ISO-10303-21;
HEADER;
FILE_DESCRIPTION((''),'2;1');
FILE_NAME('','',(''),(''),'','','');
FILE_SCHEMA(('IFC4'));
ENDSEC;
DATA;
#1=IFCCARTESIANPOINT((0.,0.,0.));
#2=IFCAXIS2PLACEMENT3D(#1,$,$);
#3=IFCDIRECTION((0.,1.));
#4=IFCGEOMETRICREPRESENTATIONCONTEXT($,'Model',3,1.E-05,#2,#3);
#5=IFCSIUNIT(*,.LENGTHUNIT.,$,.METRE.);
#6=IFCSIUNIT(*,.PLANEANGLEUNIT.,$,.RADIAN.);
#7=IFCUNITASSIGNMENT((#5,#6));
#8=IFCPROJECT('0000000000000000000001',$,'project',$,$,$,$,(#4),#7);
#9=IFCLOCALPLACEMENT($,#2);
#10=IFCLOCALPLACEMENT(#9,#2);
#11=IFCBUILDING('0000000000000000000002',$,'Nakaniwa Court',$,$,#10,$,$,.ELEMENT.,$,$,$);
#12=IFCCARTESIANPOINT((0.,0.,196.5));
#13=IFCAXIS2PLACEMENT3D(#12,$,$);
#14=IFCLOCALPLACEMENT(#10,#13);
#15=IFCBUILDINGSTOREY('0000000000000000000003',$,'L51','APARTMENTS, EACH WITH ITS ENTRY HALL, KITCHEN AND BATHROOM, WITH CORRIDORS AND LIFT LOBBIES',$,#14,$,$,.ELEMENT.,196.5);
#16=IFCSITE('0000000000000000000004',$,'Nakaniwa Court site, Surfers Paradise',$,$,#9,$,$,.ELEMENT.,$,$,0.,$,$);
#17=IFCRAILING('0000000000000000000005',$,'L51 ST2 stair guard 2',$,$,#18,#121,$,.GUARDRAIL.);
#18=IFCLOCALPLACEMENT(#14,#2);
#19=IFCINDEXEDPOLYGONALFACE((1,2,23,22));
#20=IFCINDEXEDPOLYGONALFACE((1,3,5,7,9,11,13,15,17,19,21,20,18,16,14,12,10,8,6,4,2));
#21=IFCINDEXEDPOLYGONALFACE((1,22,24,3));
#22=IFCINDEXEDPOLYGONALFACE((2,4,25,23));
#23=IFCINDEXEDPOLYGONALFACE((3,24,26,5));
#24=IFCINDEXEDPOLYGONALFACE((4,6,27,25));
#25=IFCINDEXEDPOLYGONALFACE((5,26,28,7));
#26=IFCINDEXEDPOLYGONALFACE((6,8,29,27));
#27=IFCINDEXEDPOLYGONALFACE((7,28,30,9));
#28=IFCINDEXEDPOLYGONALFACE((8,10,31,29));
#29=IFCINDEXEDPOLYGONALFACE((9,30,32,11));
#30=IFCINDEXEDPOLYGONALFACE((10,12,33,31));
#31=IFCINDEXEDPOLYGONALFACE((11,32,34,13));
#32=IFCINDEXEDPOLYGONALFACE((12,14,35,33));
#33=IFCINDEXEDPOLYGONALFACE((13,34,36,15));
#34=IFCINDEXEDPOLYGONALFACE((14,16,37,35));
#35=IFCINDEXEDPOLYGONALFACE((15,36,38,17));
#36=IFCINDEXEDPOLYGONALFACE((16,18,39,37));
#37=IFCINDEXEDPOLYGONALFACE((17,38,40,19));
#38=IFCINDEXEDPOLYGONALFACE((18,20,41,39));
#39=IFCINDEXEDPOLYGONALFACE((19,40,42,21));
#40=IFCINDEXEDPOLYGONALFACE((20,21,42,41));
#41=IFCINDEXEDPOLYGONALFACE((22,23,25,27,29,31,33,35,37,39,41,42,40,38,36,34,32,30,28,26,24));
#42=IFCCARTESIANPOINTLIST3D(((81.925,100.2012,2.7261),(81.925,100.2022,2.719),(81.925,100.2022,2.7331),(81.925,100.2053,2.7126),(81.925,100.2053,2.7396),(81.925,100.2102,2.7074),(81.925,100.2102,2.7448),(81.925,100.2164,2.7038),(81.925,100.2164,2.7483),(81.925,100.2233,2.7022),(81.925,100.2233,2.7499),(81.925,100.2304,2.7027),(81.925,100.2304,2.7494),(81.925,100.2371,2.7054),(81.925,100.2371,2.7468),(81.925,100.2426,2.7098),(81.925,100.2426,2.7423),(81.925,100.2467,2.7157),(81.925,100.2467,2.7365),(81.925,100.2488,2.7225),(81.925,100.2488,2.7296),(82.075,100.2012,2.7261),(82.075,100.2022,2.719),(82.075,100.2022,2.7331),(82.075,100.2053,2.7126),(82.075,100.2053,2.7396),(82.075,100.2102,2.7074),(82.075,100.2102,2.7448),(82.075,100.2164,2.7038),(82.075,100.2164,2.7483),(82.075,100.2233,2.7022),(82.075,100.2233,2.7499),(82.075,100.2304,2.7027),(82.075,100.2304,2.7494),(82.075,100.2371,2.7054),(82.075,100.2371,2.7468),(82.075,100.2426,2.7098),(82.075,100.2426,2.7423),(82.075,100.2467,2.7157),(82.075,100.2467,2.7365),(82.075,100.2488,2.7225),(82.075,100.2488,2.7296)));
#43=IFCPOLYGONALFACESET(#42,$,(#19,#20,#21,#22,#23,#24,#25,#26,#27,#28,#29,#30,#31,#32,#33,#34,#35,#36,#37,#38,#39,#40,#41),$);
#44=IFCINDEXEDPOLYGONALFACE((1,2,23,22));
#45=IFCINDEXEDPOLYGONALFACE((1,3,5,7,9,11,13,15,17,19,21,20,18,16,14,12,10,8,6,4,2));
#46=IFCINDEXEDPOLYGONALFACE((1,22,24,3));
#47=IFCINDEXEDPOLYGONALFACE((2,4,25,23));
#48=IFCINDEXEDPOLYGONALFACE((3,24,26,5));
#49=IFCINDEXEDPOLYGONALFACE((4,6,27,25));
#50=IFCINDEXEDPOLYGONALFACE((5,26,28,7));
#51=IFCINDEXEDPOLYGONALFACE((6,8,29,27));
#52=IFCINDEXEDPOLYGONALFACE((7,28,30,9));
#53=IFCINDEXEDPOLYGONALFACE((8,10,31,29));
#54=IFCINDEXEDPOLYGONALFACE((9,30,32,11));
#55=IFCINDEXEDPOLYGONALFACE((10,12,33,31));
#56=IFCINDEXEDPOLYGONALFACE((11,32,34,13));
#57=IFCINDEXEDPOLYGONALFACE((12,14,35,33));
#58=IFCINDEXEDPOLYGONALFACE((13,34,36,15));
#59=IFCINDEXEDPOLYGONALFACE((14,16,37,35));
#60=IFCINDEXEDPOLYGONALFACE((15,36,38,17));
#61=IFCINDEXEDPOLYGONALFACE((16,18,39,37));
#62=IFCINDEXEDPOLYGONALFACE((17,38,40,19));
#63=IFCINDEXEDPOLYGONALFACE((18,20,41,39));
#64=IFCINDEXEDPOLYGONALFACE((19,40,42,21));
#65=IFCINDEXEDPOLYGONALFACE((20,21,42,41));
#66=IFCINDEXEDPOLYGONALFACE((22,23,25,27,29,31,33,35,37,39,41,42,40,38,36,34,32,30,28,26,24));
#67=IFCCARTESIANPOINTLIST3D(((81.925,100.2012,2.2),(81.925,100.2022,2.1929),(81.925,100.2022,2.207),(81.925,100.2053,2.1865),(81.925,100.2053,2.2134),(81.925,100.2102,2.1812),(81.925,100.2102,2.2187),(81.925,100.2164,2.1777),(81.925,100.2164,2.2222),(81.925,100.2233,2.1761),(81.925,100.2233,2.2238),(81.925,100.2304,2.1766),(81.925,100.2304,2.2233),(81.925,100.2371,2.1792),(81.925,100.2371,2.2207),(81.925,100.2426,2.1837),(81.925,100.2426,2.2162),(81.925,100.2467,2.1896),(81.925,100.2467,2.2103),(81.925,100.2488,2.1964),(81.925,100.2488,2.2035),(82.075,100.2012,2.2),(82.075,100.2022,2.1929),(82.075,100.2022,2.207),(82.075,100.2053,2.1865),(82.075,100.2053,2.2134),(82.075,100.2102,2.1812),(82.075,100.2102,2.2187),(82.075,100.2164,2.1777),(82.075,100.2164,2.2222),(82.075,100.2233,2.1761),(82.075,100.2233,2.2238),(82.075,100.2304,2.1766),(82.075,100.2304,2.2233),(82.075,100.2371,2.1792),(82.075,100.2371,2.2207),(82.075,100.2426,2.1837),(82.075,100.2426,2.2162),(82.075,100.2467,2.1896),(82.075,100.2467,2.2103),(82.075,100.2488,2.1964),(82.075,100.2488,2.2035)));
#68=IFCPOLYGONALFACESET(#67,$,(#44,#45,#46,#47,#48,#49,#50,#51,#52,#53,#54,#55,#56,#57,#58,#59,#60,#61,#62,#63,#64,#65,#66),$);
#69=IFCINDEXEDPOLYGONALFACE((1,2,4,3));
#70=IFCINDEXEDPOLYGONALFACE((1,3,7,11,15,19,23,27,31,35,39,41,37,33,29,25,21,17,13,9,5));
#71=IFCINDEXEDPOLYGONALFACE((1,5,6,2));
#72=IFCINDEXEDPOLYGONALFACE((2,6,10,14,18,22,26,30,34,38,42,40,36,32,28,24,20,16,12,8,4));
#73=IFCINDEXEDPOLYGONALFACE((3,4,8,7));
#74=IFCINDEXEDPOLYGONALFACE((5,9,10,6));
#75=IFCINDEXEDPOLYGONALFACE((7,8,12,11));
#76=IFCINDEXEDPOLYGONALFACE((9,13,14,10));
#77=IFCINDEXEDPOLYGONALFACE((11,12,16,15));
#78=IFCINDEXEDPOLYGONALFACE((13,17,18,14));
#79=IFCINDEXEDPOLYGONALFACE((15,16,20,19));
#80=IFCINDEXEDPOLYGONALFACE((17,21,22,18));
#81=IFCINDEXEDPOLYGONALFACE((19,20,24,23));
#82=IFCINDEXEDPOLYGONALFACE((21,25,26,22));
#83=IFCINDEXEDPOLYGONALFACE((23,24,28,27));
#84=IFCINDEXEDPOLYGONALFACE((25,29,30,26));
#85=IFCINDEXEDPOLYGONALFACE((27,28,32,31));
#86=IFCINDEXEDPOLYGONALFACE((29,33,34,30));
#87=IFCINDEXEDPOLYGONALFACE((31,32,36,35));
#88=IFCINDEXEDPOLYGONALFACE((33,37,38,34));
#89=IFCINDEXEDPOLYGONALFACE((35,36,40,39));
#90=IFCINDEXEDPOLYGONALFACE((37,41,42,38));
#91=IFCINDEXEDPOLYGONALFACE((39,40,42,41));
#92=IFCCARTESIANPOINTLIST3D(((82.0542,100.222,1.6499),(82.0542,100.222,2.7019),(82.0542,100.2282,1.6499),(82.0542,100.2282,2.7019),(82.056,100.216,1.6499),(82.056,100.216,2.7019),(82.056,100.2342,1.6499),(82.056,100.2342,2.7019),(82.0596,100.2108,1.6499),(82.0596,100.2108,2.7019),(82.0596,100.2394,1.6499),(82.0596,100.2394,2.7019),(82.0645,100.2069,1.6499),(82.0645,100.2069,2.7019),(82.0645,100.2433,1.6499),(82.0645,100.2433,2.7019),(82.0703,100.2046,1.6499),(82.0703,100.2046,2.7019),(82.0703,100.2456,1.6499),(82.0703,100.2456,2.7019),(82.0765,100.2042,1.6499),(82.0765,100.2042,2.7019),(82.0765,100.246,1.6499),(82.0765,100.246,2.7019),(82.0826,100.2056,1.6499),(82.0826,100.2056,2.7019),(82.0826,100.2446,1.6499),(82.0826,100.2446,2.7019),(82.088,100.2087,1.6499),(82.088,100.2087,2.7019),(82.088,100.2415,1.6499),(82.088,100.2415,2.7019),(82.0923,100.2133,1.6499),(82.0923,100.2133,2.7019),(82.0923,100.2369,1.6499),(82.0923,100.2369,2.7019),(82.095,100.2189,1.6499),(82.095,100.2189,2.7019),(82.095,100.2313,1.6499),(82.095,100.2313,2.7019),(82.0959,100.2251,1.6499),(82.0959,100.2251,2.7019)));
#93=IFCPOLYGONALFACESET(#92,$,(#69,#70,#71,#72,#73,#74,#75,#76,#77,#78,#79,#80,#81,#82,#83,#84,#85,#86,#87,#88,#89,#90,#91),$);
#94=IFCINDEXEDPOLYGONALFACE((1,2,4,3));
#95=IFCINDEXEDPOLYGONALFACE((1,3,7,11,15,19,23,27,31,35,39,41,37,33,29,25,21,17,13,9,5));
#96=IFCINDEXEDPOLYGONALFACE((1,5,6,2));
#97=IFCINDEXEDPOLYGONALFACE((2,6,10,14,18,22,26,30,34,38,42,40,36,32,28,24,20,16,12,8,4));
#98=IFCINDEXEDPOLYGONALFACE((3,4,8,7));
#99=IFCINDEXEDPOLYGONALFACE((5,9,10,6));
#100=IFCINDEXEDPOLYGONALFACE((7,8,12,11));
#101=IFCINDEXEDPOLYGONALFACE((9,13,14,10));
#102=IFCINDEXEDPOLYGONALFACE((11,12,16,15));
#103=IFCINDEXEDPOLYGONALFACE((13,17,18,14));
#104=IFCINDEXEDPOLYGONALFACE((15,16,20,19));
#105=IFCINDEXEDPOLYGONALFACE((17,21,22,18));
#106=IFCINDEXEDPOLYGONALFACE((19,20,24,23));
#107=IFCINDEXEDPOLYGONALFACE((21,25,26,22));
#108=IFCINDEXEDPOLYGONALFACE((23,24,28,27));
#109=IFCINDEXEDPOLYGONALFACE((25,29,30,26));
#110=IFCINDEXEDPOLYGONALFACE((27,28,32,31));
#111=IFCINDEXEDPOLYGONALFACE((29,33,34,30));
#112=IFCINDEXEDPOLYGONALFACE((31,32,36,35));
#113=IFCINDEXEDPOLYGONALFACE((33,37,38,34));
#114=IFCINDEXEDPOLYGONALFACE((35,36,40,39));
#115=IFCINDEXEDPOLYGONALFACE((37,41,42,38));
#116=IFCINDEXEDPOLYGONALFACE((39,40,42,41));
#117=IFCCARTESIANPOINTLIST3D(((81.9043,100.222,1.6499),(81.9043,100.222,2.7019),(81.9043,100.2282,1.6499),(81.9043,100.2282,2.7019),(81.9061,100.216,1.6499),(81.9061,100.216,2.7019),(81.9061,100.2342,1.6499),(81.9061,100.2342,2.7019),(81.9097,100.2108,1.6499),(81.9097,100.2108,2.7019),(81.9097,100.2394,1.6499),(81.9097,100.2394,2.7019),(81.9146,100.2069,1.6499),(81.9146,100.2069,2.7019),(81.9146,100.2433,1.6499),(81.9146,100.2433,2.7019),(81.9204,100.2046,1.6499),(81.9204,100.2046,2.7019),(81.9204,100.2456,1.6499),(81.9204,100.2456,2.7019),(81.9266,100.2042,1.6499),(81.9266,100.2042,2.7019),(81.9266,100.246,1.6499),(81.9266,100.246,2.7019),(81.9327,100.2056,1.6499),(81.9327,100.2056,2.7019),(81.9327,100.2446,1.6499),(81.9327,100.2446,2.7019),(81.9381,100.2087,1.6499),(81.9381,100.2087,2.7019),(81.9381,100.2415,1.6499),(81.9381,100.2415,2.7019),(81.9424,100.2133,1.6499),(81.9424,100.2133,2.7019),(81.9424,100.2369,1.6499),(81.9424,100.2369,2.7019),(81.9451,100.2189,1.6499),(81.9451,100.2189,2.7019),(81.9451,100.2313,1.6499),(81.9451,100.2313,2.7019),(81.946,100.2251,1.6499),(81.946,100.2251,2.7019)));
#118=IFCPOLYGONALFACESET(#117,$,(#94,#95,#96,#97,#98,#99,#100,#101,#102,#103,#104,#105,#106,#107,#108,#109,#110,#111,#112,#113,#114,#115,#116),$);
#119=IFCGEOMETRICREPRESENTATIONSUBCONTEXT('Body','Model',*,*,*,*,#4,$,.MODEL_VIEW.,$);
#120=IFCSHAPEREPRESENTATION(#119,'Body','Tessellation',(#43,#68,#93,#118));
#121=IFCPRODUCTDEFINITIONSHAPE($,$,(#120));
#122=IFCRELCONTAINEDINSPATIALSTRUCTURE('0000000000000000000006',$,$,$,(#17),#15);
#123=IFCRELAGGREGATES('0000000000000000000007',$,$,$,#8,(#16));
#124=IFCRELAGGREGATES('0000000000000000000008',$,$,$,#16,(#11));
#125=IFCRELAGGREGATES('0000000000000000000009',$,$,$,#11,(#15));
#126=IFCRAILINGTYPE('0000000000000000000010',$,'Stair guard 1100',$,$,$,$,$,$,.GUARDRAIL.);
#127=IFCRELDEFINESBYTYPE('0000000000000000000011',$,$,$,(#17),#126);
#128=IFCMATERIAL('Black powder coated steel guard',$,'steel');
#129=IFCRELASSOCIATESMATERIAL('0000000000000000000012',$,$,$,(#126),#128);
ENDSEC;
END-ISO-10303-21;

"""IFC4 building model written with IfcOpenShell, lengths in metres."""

from ifc_helpers import new_model, si_unit, direction, frame, origin, origin_2d, place, context, subcontext, project, spatial, circle, extrude, material, type_object, element, save


model = new_model("IFC4")

# Units and contexts
model_context = context("Model", 3, precision=1e-05, world=origin(), true_north=direction((0.0, 1.0)))
body_context = subcontext(model_context, "Body", "Model", "MODEL_VIEW")
ifc_project = project(units=[si_unit("LENGTHUNIT", "METRE"), si_unit("PLANEANGLEUNIT", "RADIAN")], contexts=[model_context])

# Site, building, storey
site_placement = place(None, origin())
site = spatial("IfcSite", under=ifc_project, at=site_placement, Name="Nakaniwa Court site, Surfers Paradise", CompositionType="ELEMENT", RefElevation=0.0)
building_placement = place(site_placement, origin())
building = spatial("IfcBuilding", under=site, at=building_placement, Name="Nakaniwa Court", CompositionType="ELEMENT")
storey_placement = place(building_placement, frame((0.0, 0.0, 196.5)))
storey = spatial("IfcBuildingStorey", under=building, at=storey_placement, Name="L51", Description="APARTMENTS, EACH WITH ITS ENTRY HALL, KITCHEN AND BATHROOM, WITH CORRIDORS AND LIFT LOBBIES", CompositionType="ELEMENT", Elevation=196.5)

# Railing
ifc_material_1 = material(Name="Black powder coated steel guard", Category="steel")
railing_type_1 = type_object("IfcRailingType", Name="Stair guard 1100", PredefinedType="GUARDRAIL", material=ifc_material_1)
railing_1_placement = place(storey_placement, frame((82.075, 100.2251, 1.6499)))
element("IfcRailing", 1, at=railing_1_placement, inside=storey, type_object=railing_type_1, Name="L51 ST2 stair guard 2", PredefinedType="GUARDRAIL", context=body_context, shape_type="SweptSolid", body=[
    extrude(circle(Radius=0.0239, at=origin_2d()), frame((0.0, 0.0, 1.0762), z_axis=(-1.0, 0.0, 0.0), x_axis=(0.0, -1.0, 0.0)), (0.0, 0.0, 1.0), 0.1499),
    extrude(circle(Radius=0.0239, at=origin_2d()), frame((0.0, 0.0, 0.55), z_axis=(-1.0, 0.0, 0.0), x_axis=(0.0, -1.0, 0.0)), (0.0, 0.0, 1.0), 0.1499),
    extrude(circle(Radius=0.021, at=origin_2d()), origin(), (0.0, 0.0, 1.0), 1.052),
    extrude(circle(Radius=0.021, at=origin_2d()), frame((-0.1499, 0.0, 0.0)), (0.0, 0.0, 1.0), 1.052),
])

save(model, "model.ifc")
